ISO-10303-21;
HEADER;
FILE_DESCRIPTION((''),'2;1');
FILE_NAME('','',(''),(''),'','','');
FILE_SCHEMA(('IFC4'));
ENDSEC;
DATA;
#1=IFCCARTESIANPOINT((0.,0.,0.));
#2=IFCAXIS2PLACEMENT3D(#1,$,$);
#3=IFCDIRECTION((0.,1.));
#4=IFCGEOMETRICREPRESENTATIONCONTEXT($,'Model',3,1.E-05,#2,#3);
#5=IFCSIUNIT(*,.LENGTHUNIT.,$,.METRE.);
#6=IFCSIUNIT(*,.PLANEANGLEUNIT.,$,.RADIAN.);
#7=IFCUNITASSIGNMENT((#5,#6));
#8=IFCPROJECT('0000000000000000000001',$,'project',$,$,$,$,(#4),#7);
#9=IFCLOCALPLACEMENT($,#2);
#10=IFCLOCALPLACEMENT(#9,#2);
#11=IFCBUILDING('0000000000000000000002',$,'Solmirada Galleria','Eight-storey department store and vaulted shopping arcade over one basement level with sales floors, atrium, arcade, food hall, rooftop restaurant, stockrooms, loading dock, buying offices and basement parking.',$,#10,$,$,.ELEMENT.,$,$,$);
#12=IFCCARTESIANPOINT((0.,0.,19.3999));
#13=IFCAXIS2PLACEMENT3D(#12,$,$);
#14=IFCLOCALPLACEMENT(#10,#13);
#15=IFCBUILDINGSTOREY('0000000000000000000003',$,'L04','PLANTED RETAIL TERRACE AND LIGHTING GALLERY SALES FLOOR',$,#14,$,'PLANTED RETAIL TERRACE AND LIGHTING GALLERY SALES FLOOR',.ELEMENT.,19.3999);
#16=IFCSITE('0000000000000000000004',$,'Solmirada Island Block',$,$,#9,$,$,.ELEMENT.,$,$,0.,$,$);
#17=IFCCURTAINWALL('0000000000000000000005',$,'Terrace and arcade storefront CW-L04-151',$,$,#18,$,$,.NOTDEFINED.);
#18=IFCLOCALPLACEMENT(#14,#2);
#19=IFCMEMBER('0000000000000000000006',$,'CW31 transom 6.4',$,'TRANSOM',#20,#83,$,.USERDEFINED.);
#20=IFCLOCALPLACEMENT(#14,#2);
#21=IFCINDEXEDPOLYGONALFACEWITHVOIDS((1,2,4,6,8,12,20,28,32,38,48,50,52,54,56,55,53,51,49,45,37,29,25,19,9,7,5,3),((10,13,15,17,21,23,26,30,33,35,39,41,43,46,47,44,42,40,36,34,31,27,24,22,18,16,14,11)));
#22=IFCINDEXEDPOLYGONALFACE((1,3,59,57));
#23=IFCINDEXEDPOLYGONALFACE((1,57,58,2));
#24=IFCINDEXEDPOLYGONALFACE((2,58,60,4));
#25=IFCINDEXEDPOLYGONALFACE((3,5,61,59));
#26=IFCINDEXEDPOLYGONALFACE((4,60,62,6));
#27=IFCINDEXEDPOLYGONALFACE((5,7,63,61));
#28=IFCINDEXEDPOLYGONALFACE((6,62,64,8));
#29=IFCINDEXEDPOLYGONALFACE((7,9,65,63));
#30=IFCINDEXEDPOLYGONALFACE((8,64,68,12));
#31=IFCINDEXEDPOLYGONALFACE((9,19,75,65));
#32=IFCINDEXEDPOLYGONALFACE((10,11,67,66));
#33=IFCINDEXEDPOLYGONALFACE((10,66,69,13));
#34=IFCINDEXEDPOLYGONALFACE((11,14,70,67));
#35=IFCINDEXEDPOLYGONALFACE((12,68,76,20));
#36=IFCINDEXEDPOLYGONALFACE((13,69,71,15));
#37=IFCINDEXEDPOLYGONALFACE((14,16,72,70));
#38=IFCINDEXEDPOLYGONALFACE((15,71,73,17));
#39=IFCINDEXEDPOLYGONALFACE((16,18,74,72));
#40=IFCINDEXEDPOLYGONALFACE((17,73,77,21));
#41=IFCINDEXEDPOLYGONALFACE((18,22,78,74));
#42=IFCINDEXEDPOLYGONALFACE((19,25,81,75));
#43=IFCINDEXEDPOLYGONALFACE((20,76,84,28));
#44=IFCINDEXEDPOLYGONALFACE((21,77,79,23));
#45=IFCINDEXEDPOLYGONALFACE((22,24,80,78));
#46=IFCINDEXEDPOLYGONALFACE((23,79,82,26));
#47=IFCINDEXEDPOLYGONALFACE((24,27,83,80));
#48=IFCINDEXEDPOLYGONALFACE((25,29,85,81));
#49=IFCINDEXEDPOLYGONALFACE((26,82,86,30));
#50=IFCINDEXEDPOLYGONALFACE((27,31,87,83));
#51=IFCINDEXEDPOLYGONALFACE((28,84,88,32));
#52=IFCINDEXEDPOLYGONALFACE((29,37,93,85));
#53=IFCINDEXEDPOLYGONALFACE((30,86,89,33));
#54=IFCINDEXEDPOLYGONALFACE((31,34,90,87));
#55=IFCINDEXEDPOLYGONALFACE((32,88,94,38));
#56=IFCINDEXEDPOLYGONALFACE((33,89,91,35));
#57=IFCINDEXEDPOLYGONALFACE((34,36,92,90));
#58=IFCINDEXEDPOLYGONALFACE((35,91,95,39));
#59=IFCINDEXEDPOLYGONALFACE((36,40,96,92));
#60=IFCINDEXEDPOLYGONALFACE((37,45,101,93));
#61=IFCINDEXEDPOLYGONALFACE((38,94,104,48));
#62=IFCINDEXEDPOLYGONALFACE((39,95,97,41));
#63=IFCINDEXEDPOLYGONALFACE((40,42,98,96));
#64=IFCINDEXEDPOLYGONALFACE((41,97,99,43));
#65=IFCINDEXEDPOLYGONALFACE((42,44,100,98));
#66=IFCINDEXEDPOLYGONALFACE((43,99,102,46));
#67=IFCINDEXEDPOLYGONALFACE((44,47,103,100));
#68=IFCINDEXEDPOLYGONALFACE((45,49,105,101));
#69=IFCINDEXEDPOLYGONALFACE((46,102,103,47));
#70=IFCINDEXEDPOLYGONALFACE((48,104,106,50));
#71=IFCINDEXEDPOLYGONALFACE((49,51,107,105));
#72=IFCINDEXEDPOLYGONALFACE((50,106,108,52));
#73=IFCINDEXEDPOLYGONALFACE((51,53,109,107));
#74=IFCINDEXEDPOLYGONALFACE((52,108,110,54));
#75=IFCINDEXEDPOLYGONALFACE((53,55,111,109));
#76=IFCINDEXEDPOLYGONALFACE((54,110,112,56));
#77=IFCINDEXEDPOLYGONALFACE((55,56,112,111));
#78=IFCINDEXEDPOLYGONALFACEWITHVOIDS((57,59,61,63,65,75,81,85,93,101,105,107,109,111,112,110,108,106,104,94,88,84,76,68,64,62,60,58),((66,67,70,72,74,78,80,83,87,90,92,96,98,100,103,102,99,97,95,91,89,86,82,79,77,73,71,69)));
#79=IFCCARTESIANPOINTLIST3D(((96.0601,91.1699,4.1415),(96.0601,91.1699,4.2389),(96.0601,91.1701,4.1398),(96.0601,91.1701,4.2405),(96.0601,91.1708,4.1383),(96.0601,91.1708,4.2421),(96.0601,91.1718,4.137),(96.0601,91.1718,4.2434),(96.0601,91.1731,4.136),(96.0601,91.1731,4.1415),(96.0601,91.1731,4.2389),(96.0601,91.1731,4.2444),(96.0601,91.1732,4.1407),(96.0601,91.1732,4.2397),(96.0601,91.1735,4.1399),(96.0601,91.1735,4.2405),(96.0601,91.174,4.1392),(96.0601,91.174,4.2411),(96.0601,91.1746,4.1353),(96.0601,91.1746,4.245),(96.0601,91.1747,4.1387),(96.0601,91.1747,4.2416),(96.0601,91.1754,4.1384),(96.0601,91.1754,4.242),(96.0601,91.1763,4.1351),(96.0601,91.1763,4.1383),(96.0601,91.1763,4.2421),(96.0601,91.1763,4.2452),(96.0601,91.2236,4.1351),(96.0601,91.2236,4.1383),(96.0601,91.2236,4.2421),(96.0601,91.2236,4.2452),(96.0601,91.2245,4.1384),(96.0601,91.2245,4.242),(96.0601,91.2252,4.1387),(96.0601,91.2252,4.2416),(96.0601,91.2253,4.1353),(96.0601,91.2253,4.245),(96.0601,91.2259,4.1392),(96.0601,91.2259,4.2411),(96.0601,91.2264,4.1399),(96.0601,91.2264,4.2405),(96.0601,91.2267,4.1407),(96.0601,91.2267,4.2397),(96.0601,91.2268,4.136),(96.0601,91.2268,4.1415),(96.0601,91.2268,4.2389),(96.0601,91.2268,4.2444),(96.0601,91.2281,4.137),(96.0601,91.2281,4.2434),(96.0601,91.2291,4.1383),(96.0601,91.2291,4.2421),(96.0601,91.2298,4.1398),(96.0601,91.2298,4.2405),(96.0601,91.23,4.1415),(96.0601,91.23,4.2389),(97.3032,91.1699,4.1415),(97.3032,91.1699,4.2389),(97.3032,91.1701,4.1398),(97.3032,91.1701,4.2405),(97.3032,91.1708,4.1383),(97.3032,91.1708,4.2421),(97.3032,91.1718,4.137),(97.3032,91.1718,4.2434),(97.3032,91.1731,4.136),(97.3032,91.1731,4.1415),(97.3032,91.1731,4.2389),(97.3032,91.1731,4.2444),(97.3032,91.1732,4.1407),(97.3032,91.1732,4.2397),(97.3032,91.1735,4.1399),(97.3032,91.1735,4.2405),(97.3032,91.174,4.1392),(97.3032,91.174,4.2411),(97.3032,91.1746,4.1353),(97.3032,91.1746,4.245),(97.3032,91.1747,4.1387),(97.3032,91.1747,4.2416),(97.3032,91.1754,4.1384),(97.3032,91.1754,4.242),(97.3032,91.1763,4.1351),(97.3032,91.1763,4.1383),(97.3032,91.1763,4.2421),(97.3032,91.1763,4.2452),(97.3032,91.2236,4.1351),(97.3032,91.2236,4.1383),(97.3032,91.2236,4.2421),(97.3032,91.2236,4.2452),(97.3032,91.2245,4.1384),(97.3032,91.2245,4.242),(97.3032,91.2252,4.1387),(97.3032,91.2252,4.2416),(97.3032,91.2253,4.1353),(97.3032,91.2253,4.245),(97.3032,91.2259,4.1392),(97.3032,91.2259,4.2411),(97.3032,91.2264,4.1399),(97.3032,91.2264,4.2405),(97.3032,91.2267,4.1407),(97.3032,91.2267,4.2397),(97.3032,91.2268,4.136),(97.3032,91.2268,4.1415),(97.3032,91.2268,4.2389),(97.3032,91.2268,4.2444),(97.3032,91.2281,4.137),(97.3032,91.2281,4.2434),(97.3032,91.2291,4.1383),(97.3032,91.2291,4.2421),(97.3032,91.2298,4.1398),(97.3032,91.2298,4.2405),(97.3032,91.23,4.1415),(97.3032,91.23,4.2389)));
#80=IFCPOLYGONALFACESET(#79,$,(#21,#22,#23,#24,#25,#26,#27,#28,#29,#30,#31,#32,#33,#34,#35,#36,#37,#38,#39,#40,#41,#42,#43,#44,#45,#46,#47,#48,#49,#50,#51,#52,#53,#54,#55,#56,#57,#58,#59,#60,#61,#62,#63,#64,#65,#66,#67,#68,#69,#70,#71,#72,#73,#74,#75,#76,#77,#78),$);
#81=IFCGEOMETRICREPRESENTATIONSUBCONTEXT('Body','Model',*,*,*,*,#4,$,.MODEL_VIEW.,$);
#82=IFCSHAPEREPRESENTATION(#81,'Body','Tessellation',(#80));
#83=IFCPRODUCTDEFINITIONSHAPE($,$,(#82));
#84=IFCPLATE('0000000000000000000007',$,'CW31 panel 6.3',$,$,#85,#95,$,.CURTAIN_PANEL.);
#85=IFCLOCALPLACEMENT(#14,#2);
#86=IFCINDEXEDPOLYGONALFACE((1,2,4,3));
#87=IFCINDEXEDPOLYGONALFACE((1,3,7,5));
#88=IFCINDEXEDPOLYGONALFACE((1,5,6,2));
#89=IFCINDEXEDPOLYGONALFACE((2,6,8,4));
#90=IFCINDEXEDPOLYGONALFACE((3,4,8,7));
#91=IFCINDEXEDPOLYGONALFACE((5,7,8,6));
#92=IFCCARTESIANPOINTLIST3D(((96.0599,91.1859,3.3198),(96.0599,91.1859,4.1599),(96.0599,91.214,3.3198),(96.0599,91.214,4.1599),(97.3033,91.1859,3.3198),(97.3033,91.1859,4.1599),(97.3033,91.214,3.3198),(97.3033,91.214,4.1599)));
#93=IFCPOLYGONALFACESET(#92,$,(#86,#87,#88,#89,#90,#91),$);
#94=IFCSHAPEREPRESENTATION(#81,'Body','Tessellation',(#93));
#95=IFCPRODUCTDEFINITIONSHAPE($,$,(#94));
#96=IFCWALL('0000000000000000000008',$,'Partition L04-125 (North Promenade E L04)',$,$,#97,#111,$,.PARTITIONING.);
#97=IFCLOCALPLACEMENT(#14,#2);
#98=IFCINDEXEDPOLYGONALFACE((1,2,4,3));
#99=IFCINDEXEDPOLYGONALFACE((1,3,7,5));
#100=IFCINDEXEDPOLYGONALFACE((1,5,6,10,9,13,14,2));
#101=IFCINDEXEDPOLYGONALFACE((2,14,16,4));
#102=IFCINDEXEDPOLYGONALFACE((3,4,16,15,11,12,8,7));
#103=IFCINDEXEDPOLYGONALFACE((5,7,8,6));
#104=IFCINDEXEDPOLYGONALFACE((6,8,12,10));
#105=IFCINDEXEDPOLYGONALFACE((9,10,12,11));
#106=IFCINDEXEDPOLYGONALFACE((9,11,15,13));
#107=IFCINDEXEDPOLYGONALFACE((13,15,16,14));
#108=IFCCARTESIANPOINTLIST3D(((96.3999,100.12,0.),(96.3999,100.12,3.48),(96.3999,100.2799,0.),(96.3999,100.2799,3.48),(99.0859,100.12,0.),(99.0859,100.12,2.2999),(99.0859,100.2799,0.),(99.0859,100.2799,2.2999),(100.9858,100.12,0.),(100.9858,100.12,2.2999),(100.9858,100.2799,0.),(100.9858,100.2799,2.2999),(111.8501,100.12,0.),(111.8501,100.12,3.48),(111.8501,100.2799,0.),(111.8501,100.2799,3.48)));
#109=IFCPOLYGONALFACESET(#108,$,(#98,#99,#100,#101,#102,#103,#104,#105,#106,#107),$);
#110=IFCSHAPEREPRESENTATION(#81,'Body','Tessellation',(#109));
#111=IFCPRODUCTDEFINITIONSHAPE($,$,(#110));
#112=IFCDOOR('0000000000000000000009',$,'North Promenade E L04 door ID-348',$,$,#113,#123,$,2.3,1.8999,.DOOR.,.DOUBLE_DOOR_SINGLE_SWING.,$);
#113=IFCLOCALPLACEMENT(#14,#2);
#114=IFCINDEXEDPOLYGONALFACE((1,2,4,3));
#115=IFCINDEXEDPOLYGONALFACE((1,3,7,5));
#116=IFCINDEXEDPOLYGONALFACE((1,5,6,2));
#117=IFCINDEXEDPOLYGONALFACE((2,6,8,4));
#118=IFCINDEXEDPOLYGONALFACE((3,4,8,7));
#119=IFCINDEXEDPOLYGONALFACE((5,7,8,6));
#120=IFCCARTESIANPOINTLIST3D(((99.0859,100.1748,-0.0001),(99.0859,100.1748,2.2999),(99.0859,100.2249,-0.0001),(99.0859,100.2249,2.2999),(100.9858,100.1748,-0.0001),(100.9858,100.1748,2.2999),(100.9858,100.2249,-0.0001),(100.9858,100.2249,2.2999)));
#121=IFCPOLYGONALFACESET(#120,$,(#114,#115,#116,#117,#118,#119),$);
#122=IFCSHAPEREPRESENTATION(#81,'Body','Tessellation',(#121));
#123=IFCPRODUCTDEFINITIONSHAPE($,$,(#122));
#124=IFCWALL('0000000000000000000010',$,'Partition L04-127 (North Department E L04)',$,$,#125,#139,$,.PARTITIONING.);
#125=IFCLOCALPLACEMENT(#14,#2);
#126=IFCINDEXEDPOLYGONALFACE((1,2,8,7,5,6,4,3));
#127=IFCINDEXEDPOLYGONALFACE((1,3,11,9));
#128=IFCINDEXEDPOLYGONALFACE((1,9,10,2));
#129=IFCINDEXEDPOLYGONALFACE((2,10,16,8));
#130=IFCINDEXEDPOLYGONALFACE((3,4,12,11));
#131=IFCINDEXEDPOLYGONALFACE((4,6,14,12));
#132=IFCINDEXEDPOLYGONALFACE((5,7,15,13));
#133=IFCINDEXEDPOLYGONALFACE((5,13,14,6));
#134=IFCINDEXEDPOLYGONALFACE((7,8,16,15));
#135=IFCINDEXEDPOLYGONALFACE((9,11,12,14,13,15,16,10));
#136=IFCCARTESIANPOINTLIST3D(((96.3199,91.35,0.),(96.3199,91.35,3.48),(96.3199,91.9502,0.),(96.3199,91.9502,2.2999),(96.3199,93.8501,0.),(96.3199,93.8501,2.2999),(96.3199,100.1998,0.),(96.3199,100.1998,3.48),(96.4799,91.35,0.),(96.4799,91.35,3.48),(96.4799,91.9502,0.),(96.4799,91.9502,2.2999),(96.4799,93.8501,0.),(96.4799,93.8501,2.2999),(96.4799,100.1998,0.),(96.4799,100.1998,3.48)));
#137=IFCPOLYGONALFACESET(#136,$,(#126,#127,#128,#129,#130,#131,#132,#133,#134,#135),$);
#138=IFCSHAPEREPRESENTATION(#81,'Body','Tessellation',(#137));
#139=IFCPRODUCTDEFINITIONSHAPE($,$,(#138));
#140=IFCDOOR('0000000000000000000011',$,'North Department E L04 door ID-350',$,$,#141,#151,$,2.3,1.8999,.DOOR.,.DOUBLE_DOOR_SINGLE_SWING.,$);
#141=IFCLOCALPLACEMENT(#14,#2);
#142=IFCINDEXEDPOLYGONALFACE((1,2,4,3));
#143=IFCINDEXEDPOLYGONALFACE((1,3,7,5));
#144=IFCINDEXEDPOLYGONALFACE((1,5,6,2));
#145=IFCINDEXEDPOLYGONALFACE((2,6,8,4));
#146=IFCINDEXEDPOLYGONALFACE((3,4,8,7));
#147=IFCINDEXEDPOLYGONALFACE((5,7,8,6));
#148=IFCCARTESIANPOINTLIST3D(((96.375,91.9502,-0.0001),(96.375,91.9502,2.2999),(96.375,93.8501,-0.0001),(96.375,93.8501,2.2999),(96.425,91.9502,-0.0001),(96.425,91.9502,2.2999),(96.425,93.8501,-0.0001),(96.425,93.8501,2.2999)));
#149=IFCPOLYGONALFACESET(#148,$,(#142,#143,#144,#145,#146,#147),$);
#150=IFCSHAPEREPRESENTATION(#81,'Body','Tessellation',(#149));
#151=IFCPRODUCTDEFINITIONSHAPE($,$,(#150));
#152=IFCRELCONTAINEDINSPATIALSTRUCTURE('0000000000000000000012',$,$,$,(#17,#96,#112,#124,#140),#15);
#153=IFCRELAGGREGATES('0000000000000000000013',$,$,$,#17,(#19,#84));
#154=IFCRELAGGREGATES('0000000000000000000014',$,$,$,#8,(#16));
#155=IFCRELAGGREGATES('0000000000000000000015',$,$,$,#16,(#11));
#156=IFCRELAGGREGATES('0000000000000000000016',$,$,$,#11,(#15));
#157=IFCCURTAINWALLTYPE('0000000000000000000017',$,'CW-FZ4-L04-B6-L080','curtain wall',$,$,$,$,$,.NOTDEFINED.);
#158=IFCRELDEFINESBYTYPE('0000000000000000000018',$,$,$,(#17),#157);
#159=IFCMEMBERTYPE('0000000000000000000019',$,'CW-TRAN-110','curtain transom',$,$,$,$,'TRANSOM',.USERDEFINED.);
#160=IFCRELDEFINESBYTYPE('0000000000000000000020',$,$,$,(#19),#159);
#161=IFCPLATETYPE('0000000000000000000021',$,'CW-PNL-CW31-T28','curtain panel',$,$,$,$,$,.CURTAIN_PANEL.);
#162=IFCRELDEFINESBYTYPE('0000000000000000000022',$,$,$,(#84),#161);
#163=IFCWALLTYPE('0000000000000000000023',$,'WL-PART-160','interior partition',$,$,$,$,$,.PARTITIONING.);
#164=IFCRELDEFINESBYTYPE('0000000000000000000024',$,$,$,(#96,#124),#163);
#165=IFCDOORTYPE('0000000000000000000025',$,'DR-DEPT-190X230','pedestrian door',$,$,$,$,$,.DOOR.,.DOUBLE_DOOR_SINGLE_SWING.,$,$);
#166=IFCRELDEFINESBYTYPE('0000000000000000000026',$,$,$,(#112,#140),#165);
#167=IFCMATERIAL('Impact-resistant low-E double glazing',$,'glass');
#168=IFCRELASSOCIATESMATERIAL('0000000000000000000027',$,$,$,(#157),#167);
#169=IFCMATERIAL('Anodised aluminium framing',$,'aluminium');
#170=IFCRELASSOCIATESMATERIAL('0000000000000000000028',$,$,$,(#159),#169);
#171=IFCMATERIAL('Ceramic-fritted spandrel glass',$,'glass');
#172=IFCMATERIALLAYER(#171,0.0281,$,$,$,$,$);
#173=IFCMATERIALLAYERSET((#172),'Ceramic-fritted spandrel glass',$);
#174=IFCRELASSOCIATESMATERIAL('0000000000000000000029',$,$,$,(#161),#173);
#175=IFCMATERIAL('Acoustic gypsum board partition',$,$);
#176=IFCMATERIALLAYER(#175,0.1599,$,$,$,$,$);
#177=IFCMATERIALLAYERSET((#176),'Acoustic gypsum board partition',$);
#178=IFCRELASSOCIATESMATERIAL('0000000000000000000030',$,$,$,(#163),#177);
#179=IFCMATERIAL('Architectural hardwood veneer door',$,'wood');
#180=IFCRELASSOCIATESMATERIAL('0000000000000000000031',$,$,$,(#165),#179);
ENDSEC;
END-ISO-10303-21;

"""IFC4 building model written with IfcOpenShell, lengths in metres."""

from ifc_helpers import new_model, si_unit, direction, frame, frame_2d, origin, origin_2d, place, context, subcontext, project, spatial, rectangle, hollow_rectangle, extrude, material, layer, layer_set, material_profile, profile_set, type_object, element, fill, aggregate, save


model = new_model("IFC4")

# Units and contexts
model_context = context("Model", 3, precision=1e-05, world=origin(), true_north=direction((0.0, 1.0)))
body_context = subcontext(model_context, "Body", "Model", "MODEL_VIEW")
ifc_project = project(units=[si_unit("LENGTHUNIT", "METRE"), si_unit("PLANEANGLEUNIT", "RADIAN")], contexts=[model_context])

# Site, building, storey
site_placement = place(None, origin())
site = spatial("IfcSite", under=ifc_project, at=site_placement, Name="Solmirada Island Block", CompositionType="ELEMENT", RefElevation=0.0)
building_placement = place(site_placement, origin())
building = spatial("IfcBuilding", under=site, at=building_placement, Name="Solmirada Galleria", Description="Eight-storey department store and vaulted shopping arcade over one basement level with sales floors, atrium, arcade, food hall, rooftop restaurant, stockrooms, loading dock, buying offices and basement parking.", CompositionType="ELEMENT")
storey_placement = place(building_placement, frame((0.0, 0.0, 19.3999)))
storey = spatial("IfcBuildingStorey", under=building, at=storey_placement, Name="L04", Description="PLANTED RETAIL TERRACE AND LIGHTING GALLERY SALES FLOOR", LongName="PLANTED RETAIL TERRACE AND LIGHTING GALLERY SALES FLOOR", CompositionType="ELEMENT", Elevation=19.3999)

# Curtain wall, member, plate
ifc_material_1 = material(Name="Impact-resistant low-E double glazing", Category="glass")
curtain_wall_type = type_object("IfcCurtainWallType", Name="CW-FZ4-L04-B6-L080", Description="curtain wall", PredefinedType="NOTDEFINED", material=ifc_material_1)
curtain_wall_placement = place(storey_placement, origin())
curtain_wall = element("IfcCurtainWall", 1, at=curtain_wall_placement, inside=storey, type_object=curtain_wall_type, Name="Terrace and arcade storefront CW-L04-151", PredefinedType="NOTDEFINED")
ifc_material_2 = material(Name="Anodised aluminium framing", Category="aluminium")
ifc_material_profile_1 = material_profile(ifc_material_2, hollow_rectangle(XDim=0.0601, YDim=0.1101, WallThickness=0.0032, InnerFilletRadius=0.0032, OuterFilletRadius=0.0063, at=origin_2d()), Name="ALU-TRAN-110X60")
ifc_profile_set_1 = profile_set([ifc_material_profile_1], Name="Anodised aluminium framing")
member_type_1 = type_object("IfcMemberType", Name="CW-TRAN-110", Description="curtain transom", ElementType="TRANSOM", PredefinedType="USERDEFINED", material=ifc_profile_set_1)
member_1_placement = place(storey_placement, frame((97.3032, 91.2, 4.1902), z_axis=(-1.0, 0.0, 0.0), x_axis=(0.0, -1.0, 0.0)))
member_1 = element("IfcMember", 2, at=member_1_placement, type_object=member_type_1, Name="CW31 transom 6.4", ObjectType="TRANSOM", PredefinedType="USERDEFINED", context=body_context, shape_type="SweptSolid", body=[
    extrude(hollow_rectangle(XDim=0.0601, YDim=0.1101, WallThickness=0.0032, InnerFilletRadius=0.0032, OuterFilletRadius=0.0063, at=origin_2d()), origin(), (0.0, 0.0, 1.0), 1.2432),
])
ifc_material_3 = material(Name="Ceramic-fritted spandrel glass", Category="glass")
ifc_layer_1 = layer(ifc_material_3, 0.0281)
ifc_layer_set_1 = layer_set([ifc_layer_1], Name="Ceramic-fritted spandrel glass")
plate_type = type_object("IfcPlateType", Name="CW-PNL-CW31-T28", Description="curtain panel", PredefinedType="CURTAIN_PANEL", material=ifc_layer_set_1)
plate_placement = place(storey_placement, frame((96.6816, 91.2, 3.3198), z_axis=(0.0, 0.0, 1.0), x_axis=(-1.0, 0.0, 0.0)))
plate = element("IfcPlate", 3, at=plate_placement, type_object=plate_type, Name="CW31 panel 6.3", PredefinedType="CURTAIN_PANEL", context=body_context, shape_type="SweptSolid", body=[
    extrude(rectangle(XDim=1.2434, YDim=0.0281, at=origin_2d()), origin(), (0.0, 0.0, 1.0), 0.8401),
])
aggregate(curtain_wall, [member_1, plate])

# Walls, openings, doors
ifc_material_4 = material(Name="Acoustic gypsum board partition")
ifc_layer_2 = layer(ifc_material_4, 0.1599)
ifc_layer_set_2 = layer_set([ifc_layer_2], Name="Acoustic gypsum board partition")
wall_type = type_object("IfcWallType", Name="WL-PART-160", Description="interior partition", PredefinedType="PARTITIONING", material=ifc_layer_set_2)
wall_1_placement = place(storey_placement, frame((96.3999, 100.2, 0.0), z_axis=(0.0, 0.0, 1.0), x_axis=(1.0, 0.0, 0.0)))
wall_1 = element("IfcWall", 4, at=wall_1_placement, inside=storey, type_object=wall_type, Name="Partition L04-125 (North Promenade E L04)", PredefinedType="PARTITIONING", context=body_context, shape_type="SweptSolid", body=[
    extrude(rectangle(XDim=15.4502, YDim=0.1599, at=frame_2d((7.7251, 0.0))), origin(), (0.0, 0.0, 1.0), 3.48),
])
opening_1_placement = place(wall_1_placement, frame((2.686, 0.0, 0.0)))
opening_1 = element("IfcOpeningElement", 5, at=opening_1_placement, cuts=wall_1, PredefinedType="OPENING", context=body_context, shape_type="SweptSolid", body=[
    extrude(rectangle(XDim=1.8999, YDim=2.3, at=frame_2d((0.95, 1.1499))), frame((0.0, 0.0898, 0.0), z_axis=(0.0, -1.0, 0.0), x_axis=(1.0, 0.0, 0.0)), (0.0, 0.0, 1.0), 0.1799),
])
ifc_material_5 = material(Name="Architectural hardwood veneer door", Category="wood")
door_type = type_object("IfcDoorType", Name="DR-DEPT-190X230", Description="pedestrian door", OperationType="DOUBLE_DOOR_SINGLE_SWING", PredefinedType="DOOR", material=ifc_material_5)
door_1_placement = place(opening_1_placement, origin())
door_1 = element("IfcDoor", 6, at=door_1_placement, inside=storey, type_object=door_type, Name="North Promenade E L04 door ID-348", OperationType="DOUBLE_DOOR_SINGLE_SWING", OverallHeight=2.3, OverallWidth=1.8999, PredefinedType="DOOR", context=body_context, shape_type="SweptSolid", body=[
    extrude(rectangle(XDim=1.8999, YDim=2.3, at=frame_2d((0.95, 1.1499))), frame((0.0, 0.0249, 0.0), z_axis=(0.0, -1.0, 0.0), x_axis=(1.0, 0.0, 0.0)), (0.0, 0.0, 1.0), 0.05),
])
fill(opening_1, door_1)
wall_2_placement = place(storey_placement, frame((96.3999, 91.3501, 0.0), z_axis=(0.0, 0.0, 1.0), x_axis=(0.0, 1.0, 0.0)))
wall_2 = element("IfcWall", 7, at=wall_2_placement, inside=storey, type_object=wall_type, Name="Partition L04-127 (North Department E L04)", PredefinedType="PARTITIONING", context=body_context, shape_type="SweptSolid", body=[
    extrude(rectangle(XDim=8.8499, YDim=0.1599, at=frame_2d((4.4248, 0.0))), origin(), (0.0, 0.0, 1.0), 3.48),
])
opening_2_placement = place(wall_2_placement, frame((0.6001, 0.0, 0.0)))
opening_2 = element("IfcOpeningElement", 8, at=opening_2_placement, cuts=wall_2, PredefinedType="OPENING", context=body_context, shape_type="SweptSolid", body=[
    extrude(rectangle(XDim=1.8999, YDim=2.3, at=frame_2d((0.95, 1.1499))), frame((0.0, 0.0898, 0.0), z_axis=(0.0, -1.0, 0.0), x_axis=(1.0, 0.0, 0.0)), (0.0, 0.0, 1.0), 0.1799),
])
door_2_placement = place(opening_2_placement, origin())
door_2 = element("IfcDoor", 9, at=door_2_placement, inside=storey, type_object=door_type, Name="North Department E L04 door ID-350", OperationType="DOUBLE_DOOR_SINGLE_SWING", OverallHeight=2.3, OverallWidth=1.8999, PredefinedType="DOOR", context=body_context, shape_type="SweptSolid", body=[
    extrude(rectangle(XDim=1.8999, YDim=2.3, at=frame_2d((0.95, 1.1499))), frame((0.0, 0.0249, 0.0), z_axis=(0.0, -1.0, 0.0), x_axis=(1.0, 0.0, 0.0)), (0.0, 0.0, 1.0), 0.05),
])
fill(opening_2, door_2)

save(model, "model.ifc")
